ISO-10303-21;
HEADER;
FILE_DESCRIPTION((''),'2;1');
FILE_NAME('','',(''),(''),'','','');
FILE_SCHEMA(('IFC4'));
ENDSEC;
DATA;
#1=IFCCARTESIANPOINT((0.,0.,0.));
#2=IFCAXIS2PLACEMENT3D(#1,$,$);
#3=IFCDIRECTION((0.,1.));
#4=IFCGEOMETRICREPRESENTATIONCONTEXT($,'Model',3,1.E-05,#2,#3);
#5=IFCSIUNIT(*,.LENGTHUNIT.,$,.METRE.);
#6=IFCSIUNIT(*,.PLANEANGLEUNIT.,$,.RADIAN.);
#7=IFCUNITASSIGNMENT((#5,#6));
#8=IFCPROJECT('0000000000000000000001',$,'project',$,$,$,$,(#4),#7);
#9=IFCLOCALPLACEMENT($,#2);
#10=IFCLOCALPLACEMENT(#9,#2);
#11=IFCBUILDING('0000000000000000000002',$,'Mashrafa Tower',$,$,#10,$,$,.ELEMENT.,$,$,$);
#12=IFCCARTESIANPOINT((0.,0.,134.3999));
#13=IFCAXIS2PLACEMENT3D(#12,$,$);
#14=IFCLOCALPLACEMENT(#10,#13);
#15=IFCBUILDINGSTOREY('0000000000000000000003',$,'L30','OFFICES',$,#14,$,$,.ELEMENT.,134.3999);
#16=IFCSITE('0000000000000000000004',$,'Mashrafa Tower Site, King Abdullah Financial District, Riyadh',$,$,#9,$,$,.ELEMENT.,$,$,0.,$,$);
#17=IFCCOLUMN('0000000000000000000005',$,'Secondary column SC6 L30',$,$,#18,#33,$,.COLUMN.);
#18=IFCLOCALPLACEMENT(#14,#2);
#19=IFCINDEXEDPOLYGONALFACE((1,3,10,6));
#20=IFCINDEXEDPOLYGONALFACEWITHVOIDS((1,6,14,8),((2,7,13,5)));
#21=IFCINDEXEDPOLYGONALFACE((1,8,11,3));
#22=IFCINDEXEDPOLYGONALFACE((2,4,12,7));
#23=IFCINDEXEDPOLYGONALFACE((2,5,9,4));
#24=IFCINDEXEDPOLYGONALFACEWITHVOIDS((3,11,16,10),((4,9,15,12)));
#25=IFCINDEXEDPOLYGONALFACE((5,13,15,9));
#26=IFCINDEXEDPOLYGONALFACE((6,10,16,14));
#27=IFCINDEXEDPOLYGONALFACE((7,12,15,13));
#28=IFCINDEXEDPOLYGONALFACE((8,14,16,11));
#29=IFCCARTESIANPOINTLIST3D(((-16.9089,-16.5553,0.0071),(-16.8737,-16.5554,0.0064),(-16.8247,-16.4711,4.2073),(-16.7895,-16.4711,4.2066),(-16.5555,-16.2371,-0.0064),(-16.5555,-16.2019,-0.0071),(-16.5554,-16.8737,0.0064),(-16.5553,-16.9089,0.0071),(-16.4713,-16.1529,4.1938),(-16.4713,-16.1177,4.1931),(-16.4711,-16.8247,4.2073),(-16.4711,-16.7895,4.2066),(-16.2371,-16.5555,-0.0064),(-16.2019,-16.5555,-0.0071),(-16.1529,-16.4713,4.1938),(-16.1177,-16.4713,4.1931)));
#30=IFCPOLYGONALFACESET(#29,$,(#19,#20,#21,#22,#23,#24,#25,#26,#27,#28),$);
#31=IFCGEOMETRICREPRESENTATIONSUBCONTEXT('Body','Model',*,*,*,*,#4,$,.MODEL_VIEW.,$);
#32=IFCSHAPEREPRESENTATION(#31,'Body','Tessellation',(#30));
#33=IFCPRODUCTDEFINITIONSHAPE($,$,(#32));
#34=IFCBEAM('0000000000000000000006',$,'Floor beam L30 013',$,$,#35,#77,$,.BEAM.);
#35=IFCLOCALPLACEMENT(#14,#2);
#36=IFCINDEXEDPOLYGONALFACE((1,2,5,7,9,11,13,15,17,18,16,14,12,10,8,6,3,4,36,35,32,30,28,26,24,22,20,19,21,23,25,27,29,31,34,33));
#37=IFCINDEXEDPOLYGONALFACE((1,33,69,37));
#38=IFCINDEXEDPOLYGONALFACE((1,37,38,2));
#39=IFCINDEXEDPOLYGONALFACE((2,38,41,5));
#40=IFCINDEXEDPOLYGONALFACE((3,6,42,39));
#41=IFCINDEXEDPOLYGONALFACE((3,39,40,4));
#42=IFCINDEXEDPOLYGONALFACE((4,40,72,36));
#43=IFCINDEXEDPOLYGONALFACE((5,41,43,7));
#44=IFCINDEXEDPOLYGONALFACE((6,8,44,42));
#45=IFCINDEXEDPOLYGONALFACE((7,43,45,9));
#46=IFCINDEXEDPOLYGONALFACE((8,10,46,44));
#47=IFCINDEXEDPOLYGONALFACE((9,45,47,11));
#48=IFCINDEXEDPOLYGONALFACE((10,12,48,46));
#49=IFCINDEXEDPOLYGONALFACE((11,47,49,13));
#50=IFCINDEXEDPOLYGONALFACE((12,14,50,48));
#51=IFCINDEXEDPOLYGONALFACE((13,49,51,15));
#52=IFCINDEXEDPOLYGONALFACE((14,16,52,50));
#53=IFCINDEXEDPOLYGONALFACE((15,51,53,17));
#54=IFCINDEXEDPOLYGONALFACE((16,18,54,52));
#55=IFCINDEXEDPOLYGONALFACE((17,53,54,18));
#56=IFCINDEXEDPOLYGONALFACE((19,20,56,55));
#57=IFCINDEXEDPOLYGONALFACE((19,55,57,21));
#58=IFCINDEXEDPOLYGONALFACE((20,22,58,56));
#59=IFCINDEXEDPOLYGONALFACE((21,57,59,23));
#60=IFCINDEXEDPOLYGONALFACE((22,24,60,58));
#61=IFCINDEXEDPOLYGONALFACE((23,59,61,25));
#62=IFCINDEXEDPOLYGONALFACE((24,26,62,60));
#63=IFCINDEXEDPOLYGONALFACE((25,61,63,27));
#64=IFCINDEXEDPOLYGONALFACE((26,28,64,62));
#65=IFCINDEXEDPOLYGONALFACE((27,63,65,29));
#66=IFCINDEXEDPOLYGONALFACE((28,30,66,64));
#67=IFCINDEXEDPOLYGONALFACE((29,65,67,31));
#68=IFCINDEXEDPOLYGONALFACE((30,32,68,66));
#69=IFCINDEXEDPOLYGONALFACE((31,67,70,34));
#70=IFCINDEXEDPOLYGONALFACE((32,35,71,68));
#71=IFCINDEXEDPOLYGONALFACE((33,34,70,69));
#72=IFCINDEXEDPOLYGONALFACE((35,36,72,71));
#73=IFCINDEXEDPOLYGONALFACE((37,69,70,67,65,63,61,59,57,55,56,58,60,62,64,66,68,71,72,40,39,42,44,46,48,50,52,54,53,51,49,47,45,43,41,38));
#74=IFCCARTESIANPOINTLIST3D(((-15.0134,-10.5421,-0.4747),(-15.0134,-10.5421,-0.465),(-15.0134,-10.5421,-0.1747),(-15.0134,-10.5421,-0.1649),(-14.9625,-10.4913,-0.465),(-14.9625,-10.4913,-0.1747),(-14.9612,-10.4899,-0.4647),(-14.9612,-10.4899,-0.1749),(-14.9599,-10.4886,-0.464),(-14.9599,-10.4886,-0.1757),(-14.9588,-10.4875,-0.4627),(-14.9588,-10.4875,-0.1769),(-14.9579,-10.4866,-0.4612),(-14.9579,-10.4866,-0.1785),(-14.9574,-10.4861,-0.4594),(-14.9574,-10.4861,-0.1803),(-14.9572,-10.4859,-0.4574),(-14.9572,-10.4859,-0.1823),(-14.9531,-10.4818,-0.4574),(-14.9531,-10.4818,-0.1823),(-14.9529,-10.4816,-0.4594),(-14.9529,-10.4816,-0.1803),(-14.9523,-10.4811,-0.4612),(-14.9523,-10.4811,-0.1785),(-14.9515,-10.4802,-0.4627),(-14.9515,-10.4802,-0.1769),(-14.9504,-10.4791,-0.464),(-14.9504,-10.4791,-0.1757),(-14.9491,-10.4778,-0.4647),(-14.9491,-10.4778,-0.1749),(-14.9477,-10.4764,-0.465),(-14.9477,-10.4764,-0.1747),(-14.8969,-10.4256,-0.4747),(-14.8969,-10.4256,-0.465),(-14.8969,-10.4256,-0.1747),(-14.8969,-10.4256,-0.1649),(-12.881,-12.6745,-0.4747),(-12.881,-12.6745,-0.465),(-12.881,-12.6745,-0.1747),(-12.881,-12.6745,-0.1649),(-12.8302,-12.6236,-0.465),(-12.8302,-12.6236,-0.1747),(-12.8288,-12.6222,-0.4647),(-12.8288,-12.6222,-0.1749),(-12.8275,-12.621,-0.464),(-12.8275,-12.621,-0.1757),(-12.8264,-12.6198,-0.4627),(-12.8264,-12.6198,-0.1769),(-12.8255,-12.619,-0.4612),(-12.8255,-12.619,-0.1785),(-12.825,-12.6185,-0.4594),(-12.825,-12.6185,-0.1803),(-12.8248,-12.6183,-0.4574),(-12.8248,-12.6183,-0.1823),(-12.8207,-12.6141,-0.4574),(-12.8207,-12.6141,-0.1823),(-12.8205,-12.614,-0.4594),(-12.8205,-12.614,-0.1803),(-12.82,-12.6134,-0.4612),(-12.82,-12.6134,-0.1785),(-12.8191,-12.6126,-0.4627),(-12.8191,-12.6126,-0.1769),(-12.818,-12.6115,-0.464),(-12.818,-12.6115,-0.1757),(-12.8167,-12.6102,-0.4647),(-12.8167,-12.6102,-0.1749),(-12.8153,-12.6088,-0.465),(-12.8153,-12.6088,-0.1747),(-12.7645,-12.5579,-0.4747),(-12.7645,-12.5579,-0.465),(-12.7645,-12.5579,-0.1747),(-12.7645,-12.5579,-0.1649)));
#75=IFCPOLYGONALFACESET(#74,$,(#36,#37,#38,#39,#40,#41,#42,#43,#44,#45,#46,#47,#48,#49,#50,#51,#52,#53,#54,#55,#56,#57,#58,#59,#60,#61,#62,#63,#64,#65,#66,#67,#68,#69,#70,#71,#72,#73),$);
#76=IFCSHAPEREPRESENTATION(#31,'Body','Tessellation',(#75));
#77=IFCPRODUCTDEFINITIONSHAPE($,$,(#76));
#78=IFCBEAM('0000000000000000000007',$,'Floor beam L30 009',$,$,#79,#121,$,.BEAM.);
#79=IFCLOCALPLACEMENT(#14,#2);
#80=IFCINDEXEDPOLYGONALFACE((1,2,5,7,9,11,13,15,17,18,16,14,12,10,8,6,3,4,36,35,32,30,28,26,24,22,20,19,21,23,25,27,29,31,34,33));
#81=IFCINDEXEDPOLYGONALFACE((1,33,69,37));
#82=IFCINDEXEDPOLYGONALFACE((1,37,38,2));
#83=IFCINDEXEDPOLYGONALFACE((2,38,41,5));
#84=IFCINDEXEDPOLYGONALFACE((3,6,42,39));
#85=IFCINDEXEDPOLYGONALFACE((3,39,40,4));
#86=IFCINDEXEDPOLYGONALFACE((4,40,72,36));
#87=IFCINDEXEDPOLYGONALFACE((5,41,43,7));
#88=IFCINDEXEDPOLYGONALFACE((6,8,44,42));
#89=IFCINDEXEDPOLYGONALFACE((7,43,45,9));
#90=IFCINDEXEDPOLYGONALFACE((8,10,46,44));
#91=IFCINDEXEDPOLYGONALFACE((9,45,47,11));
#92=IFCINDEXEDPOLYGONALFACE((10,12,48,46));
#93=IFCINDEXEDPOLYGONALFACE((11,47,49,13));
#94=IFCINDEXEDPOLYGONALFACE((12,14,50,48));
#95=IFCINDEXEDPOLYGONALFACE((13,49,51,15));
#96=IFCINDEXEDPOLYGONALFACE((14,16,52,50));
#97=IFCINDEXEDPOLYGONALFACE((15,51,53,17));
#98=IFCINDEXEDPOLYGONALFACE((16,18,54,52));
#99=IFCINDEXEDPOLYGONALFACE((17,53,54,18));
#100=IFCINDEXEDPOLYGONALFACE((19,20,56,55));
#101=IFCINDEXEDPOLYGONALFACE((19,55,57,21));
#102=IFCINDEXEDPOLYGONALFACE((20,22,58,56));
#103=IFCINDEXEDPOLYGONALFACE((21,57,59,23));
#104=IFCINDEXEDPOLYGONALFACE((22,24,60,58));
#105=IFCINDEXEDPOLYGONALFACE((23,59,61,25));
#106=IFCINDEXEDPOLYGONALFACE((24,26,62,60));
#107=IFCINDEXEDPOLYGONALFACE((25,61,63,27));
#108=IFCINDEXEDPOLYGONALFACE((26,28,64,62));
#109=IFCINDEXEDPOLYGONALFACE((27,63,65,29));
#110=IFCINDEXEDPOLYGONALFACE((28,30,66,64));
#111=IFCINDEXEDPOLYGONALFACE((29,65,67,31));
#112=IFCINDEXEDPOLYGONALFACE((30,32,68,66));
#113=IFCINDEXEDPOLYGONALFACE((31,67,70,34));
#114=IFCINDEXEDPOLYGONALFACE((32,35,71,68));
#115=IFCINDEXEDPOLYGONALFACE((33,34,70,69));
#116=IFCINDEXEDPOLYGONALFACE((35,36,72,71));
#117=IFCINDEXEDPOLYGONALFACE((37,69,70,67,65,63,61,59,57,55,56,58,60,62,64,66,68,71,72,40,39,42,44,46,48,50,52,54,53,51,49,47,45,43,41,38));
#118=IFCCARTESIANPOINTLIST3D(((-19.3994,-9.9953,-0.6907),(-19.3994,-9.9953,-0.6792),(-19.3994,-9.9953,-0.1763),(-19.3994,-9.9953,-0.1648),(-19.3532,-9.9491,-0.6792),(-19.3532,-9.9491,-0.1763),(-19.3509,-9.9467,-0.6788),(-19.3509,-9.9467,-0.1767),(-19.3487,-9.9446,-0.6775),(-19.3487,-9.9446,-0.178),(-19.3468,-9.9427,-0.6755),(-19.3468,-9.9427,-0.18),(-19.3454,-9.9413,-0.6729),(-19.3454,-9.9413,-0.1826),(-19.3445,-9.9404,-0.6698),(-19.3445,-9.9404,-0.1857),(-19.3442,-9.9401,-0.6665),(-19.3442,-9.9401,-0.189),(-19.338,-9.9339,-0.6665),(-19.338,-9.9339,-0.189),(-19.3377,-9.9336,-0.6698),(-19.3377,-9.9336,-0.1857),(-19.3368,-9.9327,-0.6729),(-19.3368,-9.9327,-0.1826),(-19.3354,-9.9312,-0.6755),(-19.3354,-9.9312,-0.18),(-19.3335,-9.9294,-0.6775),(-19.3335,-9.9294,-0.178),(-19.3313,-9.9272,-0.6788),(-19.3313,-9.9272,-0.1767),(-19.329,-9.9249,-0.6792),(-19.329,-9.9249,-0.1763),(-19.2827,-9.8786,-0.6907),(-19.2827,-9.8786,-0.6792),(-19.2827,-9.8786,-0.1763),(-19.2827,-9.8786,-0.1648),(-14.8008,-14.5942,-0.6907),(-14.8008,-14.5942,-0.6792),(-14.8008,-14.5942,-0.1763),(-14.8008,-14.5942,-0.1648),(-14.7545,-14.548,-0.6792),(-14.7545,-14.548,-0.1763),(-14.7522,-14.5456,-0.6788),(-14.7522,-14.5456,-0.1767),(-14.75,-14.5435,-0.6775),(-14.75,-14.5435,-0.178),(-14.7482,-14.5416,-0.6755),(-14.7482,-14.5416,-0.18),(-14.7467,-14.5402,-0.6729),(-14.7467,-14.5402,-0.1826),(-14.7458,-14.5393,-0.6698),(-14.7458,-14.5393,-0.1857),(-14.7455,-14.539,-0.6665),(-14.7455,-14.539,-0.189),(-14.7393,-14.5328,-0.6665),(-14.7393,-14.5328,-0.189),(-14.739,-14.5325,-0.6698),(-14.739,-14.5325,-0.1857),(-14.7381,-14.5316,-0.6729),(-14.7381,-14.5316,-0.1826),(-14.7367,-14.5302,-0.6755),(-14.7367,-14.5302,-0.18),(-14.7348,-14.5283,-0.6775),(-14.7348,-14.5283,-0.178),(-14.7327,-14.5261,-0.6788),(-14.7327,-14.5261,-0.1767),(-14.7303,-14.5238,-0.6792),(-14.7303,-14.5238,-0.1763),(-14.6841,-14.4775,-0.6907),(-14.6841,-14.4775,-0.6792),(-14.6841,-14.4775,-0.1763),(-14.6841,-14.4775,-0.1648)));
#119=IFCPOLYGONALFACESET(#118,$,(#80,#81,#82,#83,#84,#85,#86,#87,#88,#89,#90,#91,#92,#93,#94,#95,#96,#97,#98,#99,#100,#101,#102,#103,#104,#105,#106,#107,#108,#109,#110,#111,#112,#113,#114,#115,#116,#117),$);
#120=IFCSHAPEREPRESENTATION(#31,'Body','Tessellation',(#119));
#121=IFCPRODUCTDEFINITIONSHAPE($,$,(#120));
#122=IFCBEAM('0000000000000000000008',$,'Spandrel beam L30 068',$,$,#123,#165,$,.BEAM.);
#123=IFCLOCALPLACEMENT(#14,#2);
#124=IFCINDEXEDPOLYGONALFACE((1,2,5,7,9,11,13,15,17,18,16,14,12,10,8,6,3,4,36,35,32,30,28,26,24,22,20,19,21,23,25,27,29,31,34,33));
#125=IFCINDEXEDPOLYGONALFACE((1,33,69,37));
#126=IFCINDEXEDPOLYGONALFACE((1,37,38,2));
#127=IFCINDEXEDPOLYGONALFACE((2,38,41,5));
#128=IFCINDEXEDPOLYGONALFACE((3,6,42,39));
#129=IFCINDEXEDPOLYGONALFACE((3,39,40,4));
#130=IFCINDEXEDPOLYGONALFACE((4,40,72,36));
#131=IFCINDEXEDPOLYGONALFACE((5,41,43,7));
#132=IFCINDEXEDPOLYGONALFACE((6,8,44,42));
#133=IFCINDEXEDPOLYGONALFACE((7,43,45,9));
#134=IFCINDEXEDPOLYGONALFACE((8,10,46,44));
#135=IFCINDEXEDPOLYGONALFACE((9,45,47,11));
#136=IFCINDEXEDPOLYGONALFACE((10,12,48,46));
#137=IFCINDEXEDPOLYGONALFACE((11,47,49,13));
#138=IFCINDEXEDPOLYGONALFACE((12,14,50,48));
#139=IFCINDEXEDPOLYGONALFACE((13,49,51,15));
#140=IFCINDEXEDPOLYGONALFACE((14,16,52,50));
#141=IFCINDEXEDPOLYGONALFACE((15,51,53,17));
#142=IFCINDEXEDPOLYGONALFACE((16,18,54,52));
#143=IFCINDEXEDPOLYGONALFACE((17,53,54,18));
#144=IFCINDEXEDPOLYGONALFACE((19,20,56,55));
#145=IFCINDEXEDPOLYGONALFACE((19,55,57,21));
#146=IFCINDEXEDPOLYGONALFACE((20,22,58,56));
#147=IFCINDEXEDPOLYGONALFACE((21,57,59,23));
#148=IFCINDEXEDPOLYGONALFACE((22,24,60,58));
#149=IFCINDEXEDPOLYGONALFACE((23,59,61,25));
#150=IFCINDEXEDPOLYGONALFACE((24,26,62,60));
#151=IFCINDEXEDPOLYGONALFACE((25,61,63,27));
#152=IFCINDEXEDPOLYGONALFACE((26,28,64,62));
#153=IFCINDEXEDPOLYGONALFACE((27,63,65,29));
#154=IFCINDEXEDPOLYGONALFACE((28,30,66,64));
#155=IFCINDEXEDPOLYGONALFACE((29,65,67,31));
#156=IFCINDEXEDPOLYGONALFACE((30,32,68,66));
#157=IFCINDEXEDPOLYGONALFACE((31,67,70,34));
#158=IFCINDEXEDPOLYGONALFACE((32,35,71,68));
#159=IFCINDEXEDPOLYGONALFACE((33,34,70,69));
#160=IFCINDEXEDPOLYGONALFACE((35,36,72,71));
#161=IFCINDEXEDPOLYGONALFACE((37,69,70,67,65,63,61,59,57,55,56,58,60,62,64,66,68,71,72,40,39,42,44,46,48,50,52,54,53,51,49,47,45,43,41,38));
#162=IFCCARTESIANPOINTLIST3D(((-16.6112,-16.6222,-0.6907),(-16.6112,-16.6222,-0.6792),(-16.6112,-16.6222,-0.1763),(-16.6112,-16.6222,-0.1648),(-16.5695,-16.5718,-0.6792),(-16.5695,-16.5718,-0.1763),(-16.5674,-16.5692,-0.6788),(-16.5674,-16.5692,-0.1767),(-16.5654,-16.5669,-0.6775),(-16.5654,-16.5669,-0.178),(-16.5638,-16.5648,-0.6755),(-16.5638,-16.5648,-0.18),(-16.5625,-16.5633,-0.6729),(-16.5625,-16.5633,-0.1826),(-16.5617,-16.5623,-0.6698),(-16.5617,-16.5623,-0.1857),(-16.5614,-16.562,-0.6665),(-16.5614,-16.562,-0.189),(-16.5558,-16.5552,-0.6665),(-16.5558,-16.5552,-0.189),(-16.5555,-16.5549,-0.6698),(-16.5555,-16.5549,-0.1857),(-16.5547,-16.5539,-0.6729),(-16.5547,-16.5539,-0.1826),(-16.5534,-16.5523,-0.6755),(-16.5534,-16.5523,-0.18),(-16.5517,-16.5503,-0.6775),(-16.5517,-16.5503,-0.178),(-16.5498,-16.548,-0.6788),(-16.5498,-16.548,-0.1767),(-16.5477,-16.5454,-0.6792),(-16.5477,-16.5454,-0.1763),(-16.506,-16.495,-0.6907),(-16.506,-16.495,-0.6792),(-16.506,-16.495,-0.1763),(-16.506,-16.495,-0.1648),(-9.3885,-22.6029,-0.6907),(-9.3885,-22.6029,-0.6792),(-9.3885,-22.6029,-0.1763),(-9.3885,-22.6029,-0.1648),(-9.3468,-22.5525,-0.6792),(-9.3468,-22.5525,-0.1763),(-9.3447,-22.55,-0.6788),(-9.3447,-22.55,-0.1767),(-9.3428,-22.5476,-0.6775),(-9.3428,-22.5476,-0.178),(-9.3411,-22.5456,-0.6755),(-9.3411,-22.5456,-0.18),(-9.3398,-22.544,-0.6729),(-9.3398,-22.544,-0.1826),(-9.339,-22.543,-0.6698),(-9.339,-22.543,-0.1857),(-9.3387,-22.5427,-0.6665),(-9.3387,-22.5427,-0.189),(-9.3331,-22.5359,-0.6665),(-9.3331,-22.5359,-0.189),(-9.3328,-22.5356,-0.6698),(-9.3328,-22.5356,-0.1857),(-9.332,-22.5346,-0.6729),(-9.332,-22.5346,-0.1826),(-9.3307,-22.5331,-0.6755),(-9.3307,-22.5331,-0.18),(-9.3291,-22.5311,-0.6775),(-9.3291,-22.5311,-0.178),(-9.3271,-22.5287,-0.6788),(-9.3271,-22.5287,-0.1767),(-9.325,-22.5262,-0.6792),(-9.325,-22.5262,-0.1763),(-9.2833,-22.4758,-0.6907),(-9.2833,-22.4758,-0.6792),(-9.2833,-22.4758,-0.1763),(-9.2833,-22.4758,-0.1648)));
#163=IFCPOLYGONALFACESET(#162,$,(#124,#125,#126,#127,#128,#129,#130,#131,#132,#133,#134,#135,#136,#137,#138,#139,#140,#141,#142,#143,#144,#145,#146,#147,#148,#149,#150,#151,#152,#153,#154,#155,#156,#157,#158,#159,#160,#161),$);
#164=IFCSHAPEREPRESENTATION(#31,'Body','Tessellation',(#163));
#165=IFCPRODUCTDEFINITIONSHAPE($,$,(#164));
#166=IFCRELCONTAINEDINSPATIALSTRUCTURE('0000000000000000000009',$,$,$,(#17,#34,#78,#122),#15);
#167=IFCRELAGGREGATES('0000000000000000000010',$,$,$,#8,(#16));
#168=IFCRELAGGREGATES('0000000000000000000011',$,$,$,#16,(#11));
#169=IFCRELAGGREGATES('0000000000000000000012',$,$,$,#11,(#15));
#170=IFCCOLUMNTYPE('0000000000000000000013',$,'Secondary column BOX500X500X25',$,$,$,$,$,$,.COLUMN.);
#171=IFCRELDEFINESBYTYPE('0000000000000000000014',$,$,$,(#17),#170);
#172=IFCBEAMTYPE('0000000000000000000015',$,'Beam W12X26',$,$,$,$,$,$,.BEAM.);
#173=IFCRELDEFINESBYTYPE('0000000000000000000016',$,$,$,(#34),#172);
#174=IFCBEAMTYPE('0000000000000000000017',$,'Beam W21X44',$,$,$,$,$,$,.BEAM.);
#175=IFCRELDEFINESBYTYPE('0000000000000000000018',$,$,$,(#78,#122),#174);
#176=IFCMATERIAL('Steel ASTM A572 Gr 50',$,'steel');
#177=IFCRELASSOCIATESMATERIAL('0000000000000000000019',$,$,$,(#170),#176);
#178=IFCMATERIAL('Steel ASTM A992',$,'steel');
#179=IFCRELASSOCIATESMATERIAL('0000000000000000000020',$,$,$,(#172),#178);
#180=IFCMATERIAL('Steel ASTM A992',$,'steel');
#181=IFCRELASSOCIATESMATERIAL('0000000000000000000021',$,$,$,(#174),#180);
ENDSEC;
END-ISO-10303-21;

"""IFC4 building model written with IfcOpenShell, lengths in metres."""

from ifc_helpers import new_model, si_unit, direction, frame, origin, origin_2d, place, context, subcontext, project, spatial, hollow_rectangle, i_section, extrude, material, material_profile, profile_set, type_object, element, save


model = new_model("IFC4")

# Units and contexts
model_context = context("Model", 3, precision=1e-05, world=origin(), true_north=direction((0.0, 1.0)))
body_context = subcontext(model_context, "Body", "Model", "MODEL_VIEW")
ifc_project = project(units=[si_unit("LENGTHUNIT", "METRE"), si_unit("PLANEANGLEUNIT", "RADIAN")], contexts=[model_context])

# Site, building, storey
site_placement = place(None, origin())
site = spatial("IfcSite", under=ifc_project, at=site_placement, Name="Mashrafa Tower Site, King Abdullah Financial District, Riyadh", CompositionType="ELEMENT", RefElevation=0.0)
building_placement = place(site_placement, origin())
building = spatial("IfcBuilding", under=site, at=building_placement, Name="Mashrafa Tower", CompositionType="ELEMENT")
storey_placement = place(building_placement, frame((0.0, 0.0, 134.3999)))
storey = spatial("IfcBuildingStorey", under=building, at=storey_placement, Name="L30", Description="OFFICES", CompositionType="ELEMENT", Elevation=134.3999)

# Column
ifc_material_1 = material(Name="Steel ASTM A572 Gr 50", Category="steel")
ifc_material_profile_1 = material_profile(ifc_material_1, hollow_rectangle(XDim=0.5, YDim=0.5, WallThickness=0.0249, at=origin_2d()), Name="BOX500X500X25")
ifc_profile_set_1 = profile_set([ifc_material_profile_1], Name="Steel ASTM A572 Gr 50")
column_type = type_object("IfcColumnType", Name="Secondary column BOX500X500X25", PredefinedType="COLUMN", material=ifc_profile_set_1)
column_placement = place(storey_placement, frame((-16.5554, -16.5554, 0.0), z_axis=(0.020045, 0.020045, 0.999598), x_axis=(-0.707107, 0.707107, 0.0)))
element("IfcColumn", 1, at=column_placement, inside=storey, type_object=column_type, Name="Secondary column SC6 L30", PredefinedType="COLUMN", context=body_context, shape_type="SweptSolid", body=[
    extrude(hollow_rectangle(XDim=0.5, YDim=0.5, WallThickness=0.0249, at=origin_2d()), origin(), (0.0, 0.0, 1.0), 4.2019),
])

# Beams
ifc_material_2 = material(Name="Steel ASTM A992", Category="steel")
ifc_material_profile_2 = material_profile(ifc_material_2, i_section(OverallWidth=0.1648, OverallDepth=0.3098, WebThickness=0.0059, FlangeThickness=0.0098, FilletRadius=0.0076, at=origin_2d()), Name="W12X26")
ifc_profile_set_2 = profile_set([ifc_material_profile_2], Name="Steel ASTM A992")
beam_type_1 = type_object("IfcBeamType", Name="Beam W12X26", PredefinedType="BEAM", material=ifc_profile_set_2)
beam_1_placement = place(storey_placement, frame((-12.8228, -12.6162, -0.3198), z_axis=(-0.707107, 0.707107, 0.0), x_axis=(-0.707107, -0.707107, 0.0)))
element("IfcBeam", 2, at=beam_1_placement, inside=storey, type_object=beam_type_1, Name="Floor beam L30 013", PredefinedType="BEAM", context=body_context, shape_type="SweptSolid", body=[
    extrude(i_section(OverallWidth=0.1648, OverallDepth=0.3098, WebThickness=0.0059, FlangeThickness=0.0098, FilletRadius=0.0076, at=origin_2d()), origin(), (0.0, 0.0, 1.0), 3.0156),
])
ifc_material_3 = material(Name="Steel ASTM A992", Category="steel")
ifc_material_profile_3 = material_profile(ifc_material_3, i_section(OverallWidth=0.165, OverallDepth=0.5259, WebThickness=0.0088, FlangeThickness=0.0115, FilletRadius=0.0127, at=origin_2d()), Name="W21X44")
ifc_profile_set_3 = profile_set([ifc_material_profile_3], Name="Steel ASTM A992")
beam_type_2 = type_object("IfcBeamType", Name="Beam W21X44", PredefinedType="BEAM", material=ifc_profile_set_3)
beam_2_placement = place(storey_placement, frame((-14.7424, -14.5359, -0.4277), z_axis=(-0.707088, 0.707126, 0.0), x_axis=(-0.707126, -0.707088, 0.0)))
element("IfcBeam", 3, at=beam_2_placement, inside=storey, type_object=beam_type_2, Name="Floor beam L30 009", PredefinedType="BEAM", context=body_context, shape_type="SweptSolid", body=[
    extrude(i_section(OverallWidth=0.165, OverallDepth=0.5259, WebThickness=0.0088, FlangeThickness=0.0115, FilletRadius=0.0127, at=origin_2d()), origin(), (0.0, 0.0, 1.0), 6.5037),
])
beam_3_placement = place(storey_placement, frame((-16.5586, -16.5586, -0.4277), z_axis=(0.770219, -0.637779, 0.0), x_axis=(0.637779, 0.770219, 0.0)))
element("IfcBeam", 4, at=beam_3_placement, inside=storey, type_object=beam_type_2, Name="Spandrel beam L30 068", PredefinedType="BEAM", context=body_context, shape_type="SweptSolid", body=[
    extrude(i_section(OverallWidth=0.165, OverallDepth=0.5259, WebThickness=0.0088, FlangeThickness=0.0115, FilletRadius=0.0127, at=origin_2d()), origin(), (0.0, 0.0, 1.0), 9.3774),
])

save(model, "model.ifc")
